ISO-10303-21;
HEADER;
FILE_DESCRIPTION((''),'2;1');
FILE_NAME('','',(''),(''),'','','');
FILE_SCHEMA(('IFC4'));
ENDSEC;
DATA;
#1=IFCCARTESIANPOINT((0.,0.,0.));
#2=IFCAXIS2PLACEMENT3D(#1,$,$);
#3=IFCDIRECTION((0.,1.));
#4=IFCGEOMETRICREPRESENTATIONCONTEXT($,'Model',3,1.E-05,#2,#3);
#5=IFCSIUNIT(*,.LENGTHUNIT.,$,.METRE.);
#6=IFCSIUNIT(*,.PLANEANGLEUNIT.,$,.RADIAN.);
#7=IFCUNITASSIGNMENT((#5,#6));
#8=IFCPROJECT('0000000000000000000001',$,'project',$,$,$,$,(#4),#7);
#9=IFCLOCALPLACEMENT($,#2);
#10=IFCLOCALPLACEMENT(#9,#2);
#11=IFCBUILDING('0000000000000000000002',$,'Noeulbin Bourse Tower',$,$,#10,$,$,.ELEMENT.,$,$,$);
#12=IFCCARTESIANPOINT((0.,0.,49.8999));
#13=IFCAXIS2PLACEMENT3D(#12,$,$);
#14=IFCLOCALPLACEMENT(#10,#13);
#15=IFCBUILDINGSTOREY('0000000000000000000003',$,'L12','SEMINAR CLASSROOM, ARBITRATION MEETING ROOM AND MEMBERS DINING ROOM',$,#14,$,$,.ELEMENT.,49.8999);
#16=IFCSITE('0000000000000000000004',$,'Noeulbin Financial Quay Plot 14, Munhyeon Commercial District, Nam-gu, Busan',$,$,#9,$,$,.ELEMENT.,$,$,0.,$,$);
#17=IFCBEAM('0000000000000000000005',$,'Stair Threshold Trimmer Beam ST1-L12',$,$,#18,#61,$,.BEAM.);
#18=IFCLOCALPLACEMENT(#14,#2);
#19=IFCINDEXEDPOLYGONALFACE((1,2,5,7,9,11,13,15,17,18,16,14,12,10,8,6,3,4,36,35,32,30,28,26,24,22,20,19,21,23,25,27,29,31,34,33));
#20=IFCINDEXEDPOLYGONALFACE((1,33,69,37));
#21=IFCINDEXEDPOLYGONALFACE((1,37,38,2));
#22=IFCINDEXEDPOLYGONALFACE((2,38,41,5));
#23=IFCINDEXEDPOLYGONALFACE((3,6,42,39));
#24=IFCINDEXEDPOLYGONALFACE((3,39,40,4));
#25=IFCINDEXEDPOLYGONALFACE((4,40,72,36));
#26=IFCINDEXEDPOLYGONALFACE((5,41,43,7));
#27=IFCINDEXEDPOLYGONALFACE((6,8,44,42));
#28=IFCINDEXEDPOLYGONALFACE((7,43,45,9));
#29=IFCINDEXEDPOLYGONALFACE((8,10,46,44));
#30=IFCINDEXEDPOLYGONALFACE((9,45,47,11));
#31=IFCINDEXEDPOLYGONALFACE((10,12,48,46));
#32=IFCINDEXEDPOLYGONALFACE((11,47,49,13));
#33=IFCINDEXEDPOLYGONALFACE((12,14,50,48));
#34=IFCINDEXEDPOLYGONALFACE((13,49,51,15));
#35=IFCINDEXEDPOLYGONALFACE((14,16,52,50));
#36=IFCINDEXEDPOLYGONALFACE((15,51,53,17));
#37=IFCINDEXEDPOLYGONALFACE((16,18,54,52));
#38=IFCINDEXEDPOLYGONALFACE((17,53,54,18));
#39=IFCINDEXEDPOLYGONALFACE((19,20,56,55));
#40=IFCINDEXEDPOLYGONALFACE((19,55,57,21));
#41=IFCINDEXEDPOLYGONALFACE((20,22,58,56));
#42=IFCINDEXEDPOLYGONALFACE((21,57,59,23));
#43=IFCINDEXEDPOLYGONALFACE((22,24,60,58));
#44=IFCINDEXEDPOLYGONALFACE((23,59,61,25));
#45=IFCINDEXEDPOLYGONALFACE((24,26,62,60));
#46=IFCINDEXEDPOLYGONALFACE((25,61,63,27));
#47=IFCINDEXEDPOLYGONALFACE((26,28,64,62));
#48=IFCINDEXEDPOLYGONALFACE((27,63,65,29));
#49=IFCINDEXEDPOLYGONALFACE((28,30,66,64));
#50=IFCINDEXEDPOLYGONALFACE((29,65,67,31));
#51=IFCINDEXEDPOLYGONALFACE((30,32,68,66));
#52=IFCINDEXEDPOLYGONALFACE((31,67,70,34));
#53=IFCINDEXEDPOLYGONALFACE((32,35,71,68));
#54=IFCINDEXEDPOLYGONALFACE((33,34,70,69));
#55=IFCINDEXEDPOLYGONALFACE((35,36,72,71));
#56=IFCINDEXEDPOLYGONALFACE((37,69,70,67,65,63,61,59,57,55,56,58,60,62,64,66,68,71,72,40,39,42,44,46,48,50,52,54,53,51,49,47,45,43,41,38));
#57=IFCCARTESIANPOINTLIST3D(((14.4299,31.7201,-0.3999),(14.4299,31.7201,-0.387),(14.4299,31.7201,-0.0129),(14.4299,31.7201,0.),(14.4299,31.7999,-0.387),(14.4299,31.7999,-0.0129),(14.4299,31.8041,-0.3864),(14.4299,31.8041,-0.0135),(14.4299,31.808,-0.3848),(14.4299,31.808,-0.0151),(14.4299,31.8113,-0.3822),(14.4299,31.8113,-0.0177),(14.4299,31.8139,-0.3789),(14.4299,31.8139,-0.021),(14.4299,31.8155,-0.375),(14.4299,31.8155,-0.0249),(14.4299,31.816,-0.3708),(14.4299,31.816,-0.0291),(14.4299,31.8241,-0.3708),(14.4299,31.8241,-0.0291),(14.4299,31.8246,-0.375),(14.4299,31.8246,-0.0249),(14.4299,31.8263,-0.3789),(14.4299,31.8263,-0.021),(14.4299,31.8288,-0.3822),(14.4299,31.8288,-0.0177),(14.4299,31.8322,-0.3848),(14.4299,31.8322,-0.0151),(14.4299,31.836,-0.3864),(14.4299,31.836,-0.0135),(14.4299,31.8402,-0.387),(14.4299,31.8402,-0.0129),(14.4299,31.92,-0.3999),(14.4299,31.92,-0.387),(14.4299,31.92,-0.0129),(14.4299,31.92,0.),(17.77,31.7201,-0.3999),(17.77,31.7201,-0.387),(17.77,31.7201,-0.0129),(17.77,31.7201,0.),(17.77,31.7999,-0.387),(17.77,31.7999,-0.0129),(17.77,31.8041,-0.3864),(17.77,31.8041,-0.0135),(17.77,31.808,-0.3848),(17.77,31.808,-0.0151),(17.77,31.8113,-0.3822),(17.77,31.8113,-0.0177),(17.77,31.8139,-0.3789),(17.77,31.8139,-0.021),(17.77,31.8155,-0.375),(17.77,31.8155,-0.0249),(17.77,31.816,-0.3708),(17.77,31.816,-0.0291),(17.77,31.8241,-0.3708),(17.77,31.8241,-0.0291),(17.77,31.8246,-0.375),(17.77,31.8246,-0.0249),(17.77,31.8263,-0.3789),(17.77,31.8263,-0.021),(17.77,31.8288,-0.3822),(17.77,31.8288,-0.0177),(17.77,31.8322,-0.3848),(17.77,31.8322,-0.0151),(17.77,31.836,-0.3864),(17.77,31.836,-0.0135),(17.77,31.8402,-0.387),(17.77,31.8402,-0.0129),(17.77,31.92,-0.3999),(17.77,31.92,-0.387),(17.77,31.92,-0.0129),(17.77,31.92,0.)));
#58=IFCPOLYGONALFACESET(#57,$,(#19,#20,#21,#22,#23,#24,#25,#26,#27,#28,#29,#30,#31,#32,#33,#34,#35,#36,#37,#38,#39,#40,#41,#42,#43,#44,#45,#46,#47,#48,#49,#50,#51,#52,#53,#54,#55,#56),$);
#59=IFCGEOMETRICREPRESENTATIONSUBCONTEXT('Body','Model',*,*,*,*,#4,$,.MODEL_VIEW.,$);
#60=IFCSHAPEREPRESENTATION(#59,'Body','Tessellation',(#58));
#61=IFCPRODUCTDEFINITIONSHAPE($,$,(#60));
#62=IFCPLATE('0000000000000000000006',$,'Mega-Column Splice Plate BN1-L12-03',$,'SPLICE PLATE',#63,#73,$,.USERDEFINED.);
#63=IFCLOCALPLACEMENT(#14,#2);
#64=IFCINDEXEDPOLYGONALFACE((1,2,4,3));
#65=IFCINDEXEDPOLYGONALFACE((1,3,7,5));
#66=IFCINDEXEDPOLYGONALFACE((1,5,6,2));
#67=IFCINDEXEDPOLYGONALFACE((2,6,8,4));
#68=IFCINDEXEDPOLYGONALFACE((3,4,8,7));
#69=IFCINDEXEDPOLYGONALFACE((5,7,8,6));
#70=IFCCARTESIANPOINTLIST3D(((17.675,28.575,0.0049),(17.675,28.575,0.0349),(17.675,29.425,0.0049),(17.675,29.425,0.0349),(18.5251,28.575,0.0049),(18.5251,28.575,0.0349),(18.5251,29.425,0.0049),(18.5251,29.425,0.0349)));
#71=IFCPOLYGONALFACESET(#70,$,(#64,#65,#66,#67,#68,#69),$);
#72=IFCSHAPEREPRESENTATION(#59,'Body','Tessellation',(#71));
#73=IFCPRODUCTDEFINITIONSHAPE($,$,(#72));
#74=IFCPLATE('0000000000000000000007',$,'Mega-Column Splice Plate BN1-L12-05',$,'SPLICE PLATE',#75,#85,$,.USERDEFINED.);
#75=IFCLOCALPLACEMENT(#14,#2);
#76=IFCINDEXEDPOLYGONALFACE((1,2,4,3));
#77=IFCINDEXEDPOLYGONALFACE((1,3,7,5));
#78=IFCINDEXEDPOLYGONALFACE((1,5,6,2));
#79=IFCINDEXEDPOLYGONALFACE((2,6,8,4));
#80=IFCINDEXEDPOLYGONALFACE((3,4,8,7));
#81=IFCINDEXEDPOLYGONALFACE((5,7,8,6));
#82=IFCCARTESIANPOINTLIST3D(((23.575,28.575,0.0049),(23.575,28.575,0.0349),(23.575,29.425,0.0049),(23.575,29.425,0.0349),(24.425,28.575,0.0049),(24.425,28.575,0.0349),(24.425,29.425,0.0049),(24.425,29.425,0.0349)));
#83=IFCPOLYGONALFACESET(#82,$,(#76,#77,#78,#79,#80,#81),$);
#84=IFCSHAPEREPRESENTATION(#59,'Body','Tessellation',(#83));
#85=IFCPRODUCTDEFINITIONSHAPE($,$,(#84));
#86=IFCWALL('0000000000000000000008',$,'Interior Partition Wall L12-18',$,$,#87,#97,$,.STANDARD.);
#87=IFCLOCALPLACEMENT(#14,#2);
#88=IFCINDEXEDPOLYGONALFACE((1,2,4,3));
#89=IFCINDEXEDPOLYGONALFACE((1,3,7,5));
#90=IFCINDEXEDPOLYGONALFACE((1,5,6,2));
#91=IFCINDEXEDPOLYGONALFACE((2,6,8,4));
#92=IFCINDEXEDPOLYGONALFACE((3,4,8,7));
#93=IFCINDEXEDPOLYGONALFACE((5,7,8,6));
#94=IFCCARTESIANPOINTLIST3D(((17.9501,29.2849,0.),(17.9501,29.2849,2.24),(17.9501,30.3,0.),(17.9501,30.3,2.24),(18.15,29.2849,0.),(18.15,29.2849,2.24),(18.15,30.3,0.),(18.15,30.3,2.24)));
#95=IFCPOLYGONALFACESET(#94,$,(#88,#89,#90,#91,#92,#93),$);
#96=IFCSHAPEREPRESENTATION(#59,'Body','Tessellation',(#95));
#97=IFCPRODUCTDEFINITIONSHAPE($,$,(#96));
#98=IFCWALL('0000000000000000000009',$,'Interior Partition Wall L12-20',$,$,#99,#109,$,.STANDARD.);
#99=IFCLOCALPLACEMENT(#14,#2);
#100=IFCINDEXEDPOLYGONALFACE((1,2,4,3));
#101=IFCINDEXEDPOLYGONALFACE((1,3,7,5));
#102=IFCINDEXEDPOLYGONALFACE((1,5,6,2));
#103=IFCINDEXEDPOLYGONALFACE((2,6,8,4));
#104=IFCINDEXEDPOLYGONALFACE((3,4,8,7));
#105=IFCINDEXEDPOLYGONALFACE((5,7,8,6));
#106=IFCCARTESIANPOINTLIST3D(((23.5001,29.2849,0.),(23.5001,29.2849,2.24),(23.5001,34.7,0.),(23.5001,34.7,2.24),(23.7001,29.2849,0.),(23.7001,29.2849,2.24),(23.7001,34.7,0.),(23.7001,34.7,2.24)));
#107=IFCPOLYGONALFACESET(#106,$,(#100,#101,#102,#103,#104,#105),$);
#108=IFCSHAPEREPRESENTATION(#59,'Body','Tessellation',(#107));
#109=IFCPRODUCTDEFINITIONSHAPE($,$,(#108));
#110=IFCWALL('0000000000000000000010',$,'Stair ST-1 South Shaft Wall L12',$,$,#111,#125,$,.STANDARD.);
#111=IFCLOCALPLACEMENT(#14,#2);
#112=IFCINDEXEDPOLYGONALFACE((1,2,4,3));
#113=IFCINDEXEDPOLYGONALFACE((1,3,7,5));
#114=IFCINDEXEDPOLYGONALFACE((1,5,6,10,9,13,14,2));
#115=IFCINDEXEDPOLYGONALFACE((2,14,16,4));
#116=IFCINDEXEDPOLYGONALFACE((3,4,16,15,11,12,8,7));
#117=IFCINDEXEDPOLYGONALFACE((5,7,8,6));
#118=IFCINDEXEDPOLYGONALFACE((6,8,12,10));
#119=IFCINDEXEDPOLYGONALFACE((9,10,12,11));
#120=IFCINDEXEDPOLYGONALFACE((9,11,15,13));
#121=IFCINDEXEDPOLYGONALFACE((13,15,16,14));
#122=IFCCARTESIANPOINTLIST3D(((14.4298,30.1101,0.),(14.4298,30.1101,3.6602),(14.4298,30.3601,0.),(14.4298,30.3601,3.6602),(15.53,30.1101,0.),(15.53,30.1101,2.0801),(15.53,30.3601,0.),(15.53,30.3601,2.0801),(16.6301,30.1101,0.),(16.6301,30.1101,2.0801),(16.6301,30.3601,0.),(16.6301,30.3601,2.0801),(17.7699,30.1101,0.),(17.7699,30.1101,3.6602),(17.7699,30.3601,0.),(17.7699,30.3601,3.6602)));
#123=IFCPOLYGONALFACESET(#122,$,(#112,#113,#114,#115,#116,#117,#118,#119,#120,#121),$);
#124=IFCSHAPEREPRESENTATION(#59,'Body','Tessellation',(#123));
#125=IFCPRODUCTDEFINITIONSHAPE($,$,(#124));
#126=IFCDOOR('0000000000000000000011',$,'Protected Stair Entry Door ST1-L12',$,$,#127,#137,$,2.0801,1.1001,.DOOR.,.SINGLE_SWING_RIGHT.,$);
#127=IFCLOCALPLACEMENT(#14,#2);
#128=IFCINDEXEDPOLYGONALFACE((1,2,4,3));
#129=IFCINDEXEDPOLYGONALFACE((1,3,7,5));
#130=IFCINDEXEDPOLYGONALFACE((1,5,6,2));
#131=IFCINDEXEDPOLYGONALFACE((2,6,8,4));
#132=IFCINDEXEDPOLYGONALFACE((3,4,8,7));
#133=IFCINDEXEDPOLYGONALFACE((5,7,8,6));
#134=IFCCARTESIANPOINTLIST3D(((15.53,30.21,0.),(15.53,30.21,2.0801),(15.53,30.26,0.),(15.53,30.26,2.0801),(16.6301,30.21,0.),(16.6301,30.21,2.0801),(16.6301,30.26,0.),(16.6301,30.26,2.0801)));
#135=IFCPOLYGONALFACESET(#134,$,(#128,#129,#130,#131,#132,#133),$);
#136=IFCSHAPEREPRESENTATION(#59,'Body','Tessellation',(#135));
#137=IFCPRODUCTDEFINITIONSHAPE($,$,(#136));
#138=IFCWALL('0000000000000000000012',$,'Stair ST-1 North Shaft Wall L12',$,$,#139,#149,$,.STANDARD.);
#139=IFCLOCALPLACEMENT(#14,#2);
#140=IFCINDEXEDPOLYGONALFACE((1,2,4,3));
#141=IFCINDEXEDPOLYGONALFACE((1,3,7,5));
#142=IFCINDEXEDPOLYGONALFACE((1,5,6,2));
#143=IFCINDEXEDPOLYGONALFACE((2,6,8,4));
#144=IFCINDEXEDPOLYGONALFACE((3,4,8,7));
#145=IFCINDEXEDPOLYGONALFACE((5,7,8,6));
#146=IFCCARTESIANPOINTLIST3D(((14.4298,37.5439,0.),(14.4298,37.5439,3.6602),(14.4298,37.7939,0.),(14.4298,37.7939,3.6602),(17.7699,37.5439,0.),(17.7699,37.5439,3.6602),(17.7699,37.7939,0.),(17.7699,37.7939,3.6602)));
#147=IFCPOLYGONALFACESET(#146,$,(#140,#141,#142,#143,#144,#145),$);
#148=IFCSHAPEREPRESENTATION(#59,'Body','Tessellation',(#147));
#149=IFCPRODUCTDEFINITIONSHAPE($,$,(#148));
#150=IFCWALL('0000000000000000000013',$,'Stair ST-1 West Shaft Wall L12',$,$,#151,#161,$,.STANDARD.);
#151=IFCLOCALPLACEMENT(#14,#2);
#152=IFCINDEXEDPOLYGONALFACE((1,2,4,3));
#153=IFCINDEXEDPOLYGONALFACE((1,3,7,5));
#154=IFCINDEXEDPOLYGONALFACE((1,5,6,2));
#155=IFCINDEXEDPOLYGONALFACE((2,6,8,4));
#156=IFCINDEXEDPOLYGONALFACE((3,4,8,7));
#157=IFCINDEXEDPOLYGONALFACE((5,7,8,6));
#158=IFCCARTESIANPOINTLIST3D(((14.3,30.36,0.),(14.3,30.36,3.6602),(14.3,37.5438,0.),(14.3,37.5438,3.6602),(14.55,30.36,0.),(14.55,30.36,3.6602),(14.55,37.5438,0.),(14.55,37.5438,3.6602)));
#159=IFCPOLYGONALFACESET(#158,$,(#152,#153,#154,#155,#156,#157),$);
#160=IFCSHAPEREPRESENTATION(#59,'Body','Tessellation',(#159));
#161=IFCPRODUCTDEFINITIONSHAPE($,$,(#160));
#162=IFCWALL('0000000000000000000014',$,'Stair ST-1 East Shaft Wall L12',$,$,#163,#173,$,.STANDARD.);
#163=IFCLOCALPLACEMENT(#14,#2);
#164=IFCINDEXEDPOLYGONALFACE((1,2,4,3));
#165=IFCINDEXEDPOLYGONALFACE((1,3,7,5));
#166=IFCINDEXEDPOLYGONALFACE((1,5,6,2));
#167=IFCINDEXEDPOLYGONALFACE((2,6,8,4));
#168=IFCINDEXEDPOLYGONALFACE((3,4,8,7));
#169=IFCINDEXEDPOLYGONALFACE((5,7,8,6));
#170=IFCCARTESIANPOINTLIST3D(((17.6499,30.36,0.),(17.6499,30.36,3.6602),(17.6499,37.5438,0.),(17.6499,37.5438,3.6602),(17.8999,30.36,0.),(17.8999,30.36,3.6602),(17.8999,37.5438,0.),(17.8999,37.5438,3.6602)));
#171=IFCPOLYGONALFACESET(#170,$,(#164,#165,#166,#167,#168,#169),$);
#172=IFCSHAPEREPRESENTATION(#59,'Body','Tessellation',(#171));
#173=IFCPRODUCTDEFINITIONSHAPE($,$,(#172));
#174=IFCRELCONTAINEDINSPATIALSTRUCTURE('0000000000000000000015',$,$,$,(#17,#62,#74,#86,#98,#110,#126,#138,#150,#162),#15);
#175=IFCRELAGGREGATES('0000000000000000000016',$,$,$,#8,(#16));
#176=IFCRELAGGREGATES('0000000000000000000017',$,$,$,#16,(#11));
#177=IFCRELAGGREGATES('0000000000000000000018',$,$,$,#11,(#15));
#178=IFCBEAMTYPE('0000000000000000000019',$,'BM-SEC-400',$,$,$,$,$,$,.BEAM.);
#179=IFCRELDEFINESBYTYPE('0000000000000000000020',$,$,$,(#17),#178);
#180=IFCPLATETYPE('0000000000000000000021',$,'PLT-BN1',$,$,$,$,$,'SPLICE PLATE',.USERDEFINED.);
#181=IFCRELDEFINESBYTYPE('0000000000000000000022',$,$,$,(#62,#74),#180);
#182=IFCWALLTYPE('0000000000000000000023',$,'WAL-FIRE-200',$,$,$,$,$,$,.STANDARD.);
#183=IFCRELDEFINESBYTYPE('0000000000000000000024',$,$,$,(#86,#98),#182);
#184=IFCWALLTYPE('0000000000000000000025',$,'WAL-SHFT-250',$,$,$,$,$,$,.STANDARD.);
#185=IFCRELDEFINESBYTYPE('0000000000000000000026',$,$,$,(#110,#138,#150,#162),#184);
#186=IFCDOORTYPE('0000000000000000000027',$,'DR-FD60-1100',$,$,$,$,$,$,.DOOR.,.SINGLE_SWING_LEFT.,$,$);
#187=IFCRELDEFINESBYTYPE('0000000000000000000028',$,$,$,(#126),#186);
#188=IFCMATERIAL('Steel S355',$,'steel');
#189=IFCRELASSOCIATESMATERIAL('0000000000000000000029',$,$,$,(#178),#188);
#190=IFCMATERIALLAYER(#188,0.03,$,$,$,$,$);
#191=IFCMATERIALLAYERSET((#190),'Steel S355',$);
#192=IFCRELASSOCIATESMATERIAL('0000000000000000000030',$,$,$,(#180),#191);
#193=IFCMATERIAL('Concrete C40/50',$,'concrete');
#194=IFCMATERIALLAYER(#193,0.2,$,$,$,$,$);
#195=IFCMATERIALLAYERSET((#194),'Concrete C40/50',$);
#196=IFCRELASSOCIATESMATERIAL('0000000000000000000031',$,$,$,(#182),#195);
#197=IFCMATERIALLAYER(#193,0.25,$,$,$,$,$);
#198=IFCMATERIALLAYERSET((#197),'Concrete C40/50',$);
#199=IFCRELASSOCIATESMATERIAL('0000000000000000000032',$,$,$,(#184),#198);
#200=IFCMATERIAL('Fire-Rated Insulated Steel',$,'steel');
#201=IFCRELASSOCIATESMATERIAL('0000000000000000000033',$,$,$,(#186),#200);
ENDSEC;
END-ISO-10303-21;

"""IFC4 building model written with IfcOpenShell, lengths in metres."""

from ifc_helpers import new_model, si_unit, direction, frame, frame_2d, origin, origin_2d, place, context, subcontext, project, spatial, rectangle, i_section, extrude, material, layer, layer_set, material_profile, profile_set, type_object, element, fill, save


model = new_model("IFC4")

# Units and contexts
model_context = context("Model", 3, precision=1e-05, world=origin(), true_north=direction((0.0, 1.0)))
body_context = subcontext(model_context, "Body", "Model", "MODEL_VIEW")
ifc_project = project(units=[si_unit("LENGTHUNIT", "METRE"), si_unit("PLANEANGLEUNIT", "RADIAN")], contexts=[model_context])

# Site, building, storey
site_placement = place(None, origin())
site = spatial("IfcSite", under=ifc_project, at=site_placement, Name="Noeulbin Financial Quay Plot 14, Munhyeon Commercial District, Nam-gu, Busan", CompositionType="ELEMENT", RefElevation=0.0)
building_placement = place(site_placement, origin())
building = spatial("IfcBuilding", under=site, at=building_placement, Name="Noeulbin Bourse Tower", CompositionType="ELEMENT")
storey_placement = place(building_placement, frame((0.0, 0.0, 49.8999)))
storey = spatial("IfcBuildingStorey", under=building, at=storey_placement, Name="L12", Description="SEMINAR CLASSROOM, ARBITRATION MEETING ROOM AND MEMBERS DINING ROOM", CompositionType="ELEMENT", Elevation=49.8999)

# Beam
ifc_material_1 = material(Name="Steel S355", Category="steel")
ifc_material_profile_1 = material_profile(ifc_material_1, i_section(OverallWidth=0.2, OverallDepth=0.3999, WebThickness=0.0081, FlangeThickness=0.0129, FilletRadius=0.0161, at=origin_2d()), Name="H-400x200x8x13", Category="LoadBearing")
ifc_profile_set_1 = profile_set([ifc_material_profile_1], Name="Steel S355")
beam_type = type_object("IfcBeamType", Name="BM-SEC-400", PredefinedType="BEAM", material=ifc_profile_set_1)
beam_placement = place(storey_placement, frame((14.4299, 31.8201, -0.2), z_axis=(1.0, 0.0, 0.0), x_axis=(0.0, 1.0, 0.0)))
element("IfcBeam", 1, at=beam_placement, inside=storey, type_object=beam_type, Name="Stair Threshold Trimmer Beam ST1-L12", PredefinedType="BEAM", context=body_context, shape_type="SweptSolid", body=[
    extrude(i_section(OverallWidth=0.2, OverallDepth=0.3999, WebThickness=0.0081, FlangeThickness=0.0129, FilletRadius=0.0161, at=origin_2d()), origin(), (0.0, 0.0, 1.0), 3.3401),
])

# Plates
ifc_layer_1 = layer(ifc_material_1, 0.03)
ifc_layer_set_1 = layer_set([ifc_layer_1], Name="Steel S355")
plate_type = type_object("IfcPlateType", Name="PLT-BN1", ElementType="SPLICE PLATE", PredefinedType="USERDEFINED", material=ifc_layer_set_1)
for number, where, z_axis, x_axis, name in (
    (2, (18.1001, 29.0, 0.0049), (0.0, 0.0, 1.0), (1.0, 0.0, 0.0), "Mega-Column Splice Plate BN1-L12-03"),
    (3, (24.0, 29.0, 0.0049), (0.0, 0.0, 1.0), (1.0, 0.0, 0.0), "Mega-Column Splice Plate BN1-L12-05"),
):
    element("IfcPlate", number, at=place(storey_placement, frame(where, z_axis=z_axis, x_axis=x_axis)), inside=storey, type_object=plate_type, Name=name, ObjectType="SPLICE PLATE", PredefinedType="USERDEFINED", context=body_context, shape_type="SweptSolid", body=[
        extrude(rectangle(XDim=0.8501, YDim=0.8501, at=origin_2d()), origin(), (0.0, 0.0, 1.0), 0.03),
    ])

# Walls
ifc_material_2 = material(Name="Concrete C40/50", Category="concrete")
ifc_layer_2 = layer(ifc_material_2, 0.2)
ifc_layer_set_2 = layer_set([ifc_layer_2], Name="Concrete C40/50")
wall_type_1 = type_object("IfcWallType", Name="WAL-FIRE-200", PredefinedType="STANDARD", material=ifc_layer_set_2)
wall_1_placement = place(storey_placement, frame((18.05, 29.2849, 0.0), z_axis=(0.0, 0.0, 1.0), x_axis=(0.0, 1.0, 0.0)))
element("IfcWall", 4, at=wall_1_placement, inside=storey, type_object=wall_type_1, Name="Interior Partition Wall L12-18", PredefinedType="STANDARD", context=body_context, shape_type="SweptSolid", body=[
    extrude(rectangle(XDim=1.0151, YDim=0.2, at=frame_2d((0.5076, 0.0))), origin(), (0.0, 0.0, 1.0), 2.24),
])
wall_2_placement = place(storey_placement, frame((23.6001, 29.2849, 0.0), z_axis=(0.0, 0.0, 1.0), x_axis=(0.0, 1.0, 0.0)))
element("IfcWall", 5, at=wall_2_placement, inside=storey, type_object=wall_type_1, Name="Interior Partition Wall L12-20", PredefinedType="STANDARD", context=body_context, shape_type="SweptSolid", body=[
    extrude(rectangle(XDim=5.415, YDim=0.2, at=frame_2d((2.7075, 0.0))), origin(), (0.0, 0.0, 1.0), 2.24),
])

# Wall, opening, door
ifc_layer_3 = layer(ifc_material_2, 0.25)
ifc_layer_set_3 = layer_set([ifc_layer_3], Name="Concrete C40/50")
wall_type_2 = type_object("IfcWallType", Name="WAL-SHFT-250", PredefinedType="STANDARD", material=ifc_layer_set_3)
wall_3_placement = place(storey_placement, frame((14.4299, 30.2351, 0.0), z_axis=(0.0, 0.0, 1.0), x_axis=(1.0, 0.0, 0.0)))
wall_3 = element("IfcWall", 6, at=wall_3_placement, inside=storey, type_object=wall_type_2, Name="Stair ST-1 South Shaft Wall L12", PredefinedType="STANDARD", context=body_context, shape_type="SweptSolid", body=[
    extrude(rectangle(XDim=3.3401, YDim=0.25, at=frame_2d((1.6699, 0.0))), origin(), (0.0, 0.0, 1.0), 3.6602),
])
opening_1_placement = place(wall_3_placement, frame((1.1001, 0.0, 0.0)))
opening_1 = element("IfcOpeningElement", 7, at=opening_1_placement, cuts=wall_3, PredefinedType="OPENING", context=body_context, shape_type="SweptSolid", body=[
    extrude(rectangle(XDim=1.1001, YDim=2.0801, at=frame_2d((0.55, 1.04))), frame((0.0, 0.135, 0.0), z_axis=(0.0, -1.0, 0.0), x_axis=(1.0, 0.0, 0.0)), (0.0, 0.0, 1.0), 0.27),
])
ifc_material_3 = material(Name="Fire-Rated Insulated Steel", Category="steel")
door_type_1 = type_object("IfcDoorType", Name="DR-FD60-1100", OperationType="SINGLE_SWING_LEFT", PredefinedType="DOOR", material=ifc_material_3)
door_1_placement = place(opening_1_placement, origin())
door_1 = element("IfcDoor", 8, at=door_1_placement, inside=storey, type_object=door_type_1, Name="Protected Stair Entry Door ST1-L12", OperationType="SINGLE_SWING_RIGHT", OverallHeight=2.0801, OverallWidth=1.1001, PredefinedType="DOOR", context=body_context, shape_type="SweptSolid", body=[
    extrude(rectangle(XDim=1.1001, YDim=2.0801, at=frame_2d((0.55, 1.04))), frame((0.0, 0.0249, 0.0), z_axis=(0.0, -1.0, 0.0), x_axis=(1.0, 0.0, 0.0)), (0.0, 0.0, 1.0), 0.05),
])
fill(opening_1, door_1)

# Walls
wall_4_placement = place(storey_placement, frame((14.4299, 37.6689, 0.0), z_axis=(0.0, 0.0, 1.0), x_axis=(1.0, 0.0, 0.0)))
element("IfcWall", 9, at=wall_4_placement, inside=storey, type_object=wall_type_2, Name="Stair ST-1 North Shaft Wall L12", PredefinedType="STANDARD", context=body_context, shape_type="SweptSolid", body=[
    extrude(rectangle(XDim=3.3401, YDim=0.25, at=frame_2d((1.6699, 0.0))), origin(), (0.0, 0.0, 1.0), 3.6602),
])
for number, where, z_axis, x_axis, name in (
    (10, (14.425, 30.3601, 0.0), (0.0, 0.0, 1.0), (0.0, 1.0, 0.0), "Stair ST-1 West Shaft Wall L12"),
    (11, (17.7749, 30.3601, 0.0), (0.0, 0.0, 1.0), (0.0, 1.0, 0.0), "Stair ST-1 East Shaft Wall L12"),
):
    element("IfcWall", number, at=place(storey_placement, frame(where, z_axis=z_axis, x_axis=x_axis)), inside=storey, type_object=wall_type_2, Name=name, PredefinedType="STANDARD", context=body_context, shape_type="SweptSolid", body=[
        extrude(rectangle(XDim=7.1838, YDim=0.25, at=frame_2d((3.5918, 0.0))), origin(), (0.0, 0.0, 1.0), 3.6602),
    ])

save(model, "model.ifc")
